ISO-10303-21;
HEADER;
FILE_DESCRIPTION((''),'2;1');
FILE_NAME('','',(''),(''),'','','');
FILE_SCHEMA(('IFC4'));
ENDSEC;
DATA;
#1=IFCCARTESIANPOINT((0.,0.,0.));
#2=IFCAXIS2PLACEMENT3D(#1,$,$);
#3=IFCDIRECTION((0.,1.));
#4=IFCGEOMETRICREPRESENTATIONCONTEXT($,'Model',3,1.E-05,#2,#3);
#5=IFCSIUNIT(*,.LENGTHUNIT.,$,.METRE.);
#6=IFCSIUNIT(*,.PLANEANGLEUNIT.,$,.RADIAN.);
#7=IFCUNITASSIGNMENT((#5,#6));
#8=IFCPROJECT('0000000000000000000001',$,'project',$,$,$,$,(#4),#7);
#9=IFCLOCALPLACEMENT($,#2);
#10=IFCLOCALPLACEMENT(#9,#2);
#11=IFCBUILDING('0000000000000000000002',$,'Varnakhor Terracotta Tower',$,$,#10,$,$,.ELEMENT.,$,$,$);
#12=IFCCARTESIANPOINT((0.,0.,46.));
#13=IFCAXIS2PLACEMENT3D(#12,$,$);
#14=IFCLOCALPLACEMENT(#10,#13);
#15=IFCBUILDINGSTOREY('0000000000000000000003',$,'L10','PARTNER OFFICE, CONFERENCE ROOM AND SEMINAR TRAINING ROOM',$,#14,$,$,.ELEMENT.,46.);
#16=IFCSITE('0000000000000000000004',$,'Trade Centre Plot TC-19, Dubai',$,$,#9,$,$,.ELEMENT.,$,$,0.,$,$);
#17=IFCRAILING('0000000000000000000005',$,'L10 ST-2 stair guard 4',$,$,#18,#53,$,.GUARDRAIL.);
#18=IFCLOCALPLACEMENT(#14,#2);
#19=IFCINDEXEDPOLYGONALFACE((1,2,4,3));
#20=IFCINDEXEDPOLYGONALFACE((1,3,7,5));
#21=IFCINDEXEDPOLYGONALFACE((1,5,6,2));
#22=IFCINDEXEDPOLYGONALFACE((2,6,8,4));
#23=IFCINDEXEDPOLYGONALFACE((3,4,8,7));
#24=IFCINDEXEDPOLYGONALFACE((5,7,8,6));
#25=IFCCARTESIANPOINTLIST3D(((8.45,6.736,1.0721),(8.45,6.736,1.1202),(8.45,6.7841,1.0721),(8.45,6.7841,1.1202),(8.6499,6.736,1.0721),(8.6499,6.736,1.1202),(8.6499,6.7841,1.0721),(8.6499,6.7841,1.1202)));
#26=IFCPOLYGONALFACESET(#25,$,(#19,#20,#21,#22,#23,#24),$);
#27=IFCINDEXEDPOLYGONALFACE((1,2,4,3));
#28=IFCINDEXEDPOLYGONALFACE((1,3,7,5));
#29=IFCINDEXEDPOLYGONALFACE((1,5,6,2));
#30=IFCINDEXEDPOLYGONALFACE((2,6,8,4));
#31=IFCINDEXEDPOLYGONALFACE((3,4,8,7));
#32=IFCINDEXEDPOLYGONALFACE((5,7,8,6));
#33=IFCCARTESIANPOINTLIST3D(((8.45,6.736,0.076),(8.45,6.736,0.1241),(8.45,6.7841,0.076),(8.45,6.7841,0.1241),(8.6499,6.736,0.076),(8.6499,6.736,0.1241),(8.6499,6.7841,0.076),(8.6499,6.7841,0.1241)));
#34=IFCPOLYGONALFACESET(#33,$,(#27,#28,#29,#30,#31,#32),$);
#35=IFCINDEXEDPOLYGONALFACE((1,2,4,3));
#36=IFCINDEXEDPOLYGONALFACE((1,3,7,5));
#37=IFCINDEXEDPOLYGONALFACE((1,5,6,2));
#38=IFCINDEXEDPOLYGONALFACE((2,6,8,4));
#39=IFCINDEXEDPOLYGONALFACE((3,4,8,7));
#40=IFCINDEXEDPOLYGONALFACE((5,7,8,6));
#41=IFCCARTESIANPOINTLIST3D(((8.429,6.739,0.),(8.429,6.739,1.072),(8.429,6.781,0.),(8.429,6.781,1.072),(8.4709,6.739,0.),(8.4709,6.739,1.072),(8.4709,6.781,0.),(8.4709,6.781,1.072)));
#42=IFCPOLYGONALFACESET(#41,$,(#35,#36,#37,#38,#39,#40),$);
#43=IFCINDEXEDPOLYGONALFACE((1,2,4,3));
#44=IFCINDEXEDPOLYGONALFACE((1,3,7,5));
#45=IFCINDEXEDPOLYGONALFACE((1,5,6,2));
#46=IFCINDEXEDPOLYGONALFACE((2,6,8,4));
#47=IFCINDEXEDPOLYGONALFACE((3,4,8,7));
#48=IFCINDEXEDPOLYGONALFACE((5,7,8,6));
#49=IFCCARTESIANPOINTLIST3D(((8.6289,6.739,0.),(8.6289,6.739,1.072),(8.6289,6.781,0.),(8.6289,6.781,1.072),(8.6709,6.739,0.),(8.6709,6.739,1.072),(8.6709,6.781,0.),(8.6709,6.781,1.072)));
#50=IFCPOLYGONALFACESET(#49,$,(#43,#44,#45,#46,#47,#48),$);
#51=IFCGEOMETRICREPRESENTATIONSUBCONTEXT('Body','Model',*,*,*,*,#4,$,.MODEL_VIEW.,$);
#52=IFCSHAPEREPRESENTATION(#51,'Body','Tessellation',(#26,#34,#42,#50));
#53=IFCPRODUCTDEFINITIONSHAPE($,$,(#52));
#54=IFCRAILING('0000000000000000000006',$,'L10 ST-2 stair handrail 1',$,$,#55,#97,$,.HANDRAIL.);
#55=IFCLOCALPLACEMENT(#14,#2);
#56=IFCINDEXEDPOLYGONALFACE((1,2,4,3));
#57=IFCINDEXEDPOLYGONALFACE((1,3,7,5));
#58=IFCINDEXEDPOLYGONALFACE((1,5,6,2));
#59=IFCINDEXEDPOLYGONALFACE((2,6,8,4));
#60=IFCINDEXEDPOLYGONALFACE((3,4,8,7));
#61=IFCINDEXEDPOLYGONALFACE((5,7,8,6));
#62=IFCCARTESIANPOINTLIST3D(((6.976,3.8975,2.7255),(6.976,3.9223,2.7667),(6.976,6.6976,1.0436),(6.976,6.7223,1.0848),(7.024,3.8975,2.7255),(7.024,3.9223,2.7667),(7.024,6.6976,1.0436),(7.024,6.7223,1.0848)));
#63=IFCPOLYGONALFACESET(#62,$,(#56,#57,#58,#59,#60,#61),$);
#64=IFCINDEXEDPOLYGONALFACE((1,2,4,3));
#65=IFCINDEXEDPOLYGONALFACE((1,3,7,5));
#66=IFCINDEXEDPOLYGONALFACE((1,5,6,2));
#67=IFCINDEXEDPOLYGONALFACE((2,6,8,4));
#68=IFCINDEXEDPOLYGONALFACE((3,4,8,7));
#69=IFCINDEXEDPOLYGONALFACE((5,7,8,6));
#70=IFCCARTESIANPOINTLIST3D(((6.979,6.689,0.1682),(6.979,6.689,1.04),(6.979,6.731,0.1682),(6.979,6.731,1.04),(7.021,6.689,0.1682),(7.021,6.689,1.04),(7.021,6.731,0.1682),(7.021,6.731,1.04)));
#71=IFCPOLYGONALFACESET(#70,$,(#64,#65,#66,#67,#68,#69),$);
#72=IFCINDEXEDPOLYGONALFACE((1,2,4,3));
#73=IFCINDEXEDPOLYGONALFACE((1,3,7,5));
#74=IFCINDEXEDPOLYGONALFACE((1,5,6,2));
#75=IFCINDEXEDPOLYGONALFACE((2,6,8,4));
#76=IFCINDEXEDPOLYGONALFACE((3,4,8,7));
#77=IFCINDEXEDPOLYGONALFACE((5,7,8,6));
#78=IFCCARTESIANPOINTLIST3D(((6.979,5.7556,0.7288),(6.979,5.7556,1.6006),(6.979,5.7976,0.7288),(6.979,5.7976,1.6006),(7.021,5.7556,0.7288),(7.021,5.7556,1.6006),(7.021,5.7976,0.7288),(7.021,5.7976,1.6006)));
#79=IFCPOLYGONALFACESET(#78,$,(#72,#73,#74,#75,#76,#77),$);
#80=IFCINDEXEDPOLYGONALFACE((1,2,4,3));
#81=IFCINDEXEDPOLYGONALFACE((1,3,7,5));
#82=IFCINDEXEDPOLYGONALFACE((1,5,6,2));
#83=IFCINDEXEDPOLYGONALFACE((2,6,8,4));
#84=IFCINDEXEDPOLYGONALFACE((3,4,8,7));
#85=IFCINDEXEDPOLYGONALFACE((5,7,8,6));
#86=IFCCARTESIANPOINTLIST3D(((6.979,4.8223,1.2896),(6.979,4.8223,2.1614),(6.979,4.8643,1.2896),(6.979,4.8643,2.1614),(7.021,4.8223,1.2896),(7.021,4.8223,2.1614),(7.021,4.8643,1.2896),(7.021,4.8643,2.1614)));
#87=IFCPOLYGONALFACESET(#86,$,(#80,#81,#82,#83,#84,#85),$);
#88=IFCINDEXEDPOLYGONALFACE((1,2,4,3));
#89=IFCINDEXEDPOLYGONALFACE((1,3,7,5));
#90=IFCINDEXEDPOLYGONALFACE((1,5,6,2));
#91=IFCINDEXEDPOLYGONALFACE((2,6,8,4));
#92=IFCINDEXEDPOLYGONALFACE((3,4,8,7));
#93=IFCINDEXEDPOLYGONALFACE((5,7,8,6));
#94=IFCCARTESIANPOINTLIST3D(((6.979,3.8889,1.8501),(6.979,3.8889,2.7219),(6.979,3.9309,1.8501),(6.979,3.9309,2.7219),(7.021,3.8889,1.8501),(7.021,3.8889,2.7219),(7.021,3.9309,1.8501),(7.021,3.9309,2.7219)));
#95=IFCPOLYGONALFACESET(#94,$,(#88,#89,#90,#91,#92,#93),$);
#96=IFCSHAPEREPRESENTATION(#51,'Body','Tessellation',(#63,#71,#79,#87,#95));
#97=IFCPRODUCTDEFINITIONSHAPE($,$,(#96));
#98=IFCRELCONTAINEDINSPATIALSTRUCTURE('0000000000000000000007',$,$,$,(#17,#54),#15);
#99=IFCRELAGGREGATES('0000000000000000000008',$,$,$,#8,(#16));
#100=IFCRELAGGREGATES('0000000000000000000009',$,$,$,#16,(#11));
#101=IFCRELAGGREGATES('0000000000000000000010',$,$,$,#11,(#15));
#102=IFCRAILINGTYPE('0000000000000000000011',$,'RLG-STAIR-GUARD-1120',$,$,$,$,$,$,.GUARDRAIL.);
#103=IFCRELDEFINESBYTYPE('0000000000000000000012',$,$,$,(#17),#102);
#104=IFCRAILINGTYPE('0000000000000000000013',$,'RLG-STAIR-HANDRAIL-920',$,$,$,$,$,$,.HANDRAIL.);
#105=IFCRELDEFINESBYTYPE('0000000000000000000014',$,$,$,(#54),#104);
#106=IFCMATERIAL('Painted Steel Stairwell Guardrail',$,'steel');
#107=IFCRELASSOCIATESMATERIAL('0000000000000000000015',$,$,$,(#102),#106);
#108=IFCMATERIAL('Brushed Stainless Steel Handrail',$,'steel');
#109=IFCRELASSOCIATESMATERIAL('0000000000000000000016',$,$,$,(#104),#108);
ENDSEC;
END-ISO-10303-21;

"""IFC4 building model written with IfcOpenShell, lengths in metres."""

from ifc_helpers import new_model, si_unit, direction, frame, origin, origin_2d, place, context, subcontext, project, spatial, rectangle, extrude, material, type_object, element, save


model = new_model("IFC4")

# Units and contexts
model_context = context("Model", 3, precision=1e-05, world=origin(), true_north=direction((0.0, 1.0)))
body_context = subcontext(model_context, "Body", "Model", "MODEL_VIEW")
ifc_project = project(units=[si_unit("LENGTHUNIT", "METRE"), si_unit("PLANEANGLEUNIT", "RADIAN")], contexts=[model_context])

# Site, building, storey
site_placement = place(None, origin())
site = spatial("IfcSite", under=ifc_project, at=site_placement, Name="Trade Centre Plot TC-19, Dubai", CompositionType="ELEMENT", RefElevation=0.0)
building_placement = place(site_placement, origin())
building = spatial("IfcBuilding", under=site, at=building_placement, Name="Varnakhor Terracotta Tower", CompositionType="ELEMENT")
storey_placement = place(building_placement, frame((0.0, 0.0, 46.0)))
storey = spatial("IfcBuildingStorey", under=building, at=storey_placement, Name="L10", Description="PARTNER OFFICE, CONFERENCE ROOM AND SEMINAR TRAINING ROOM", CompositionType="ELEMENT", Elevation=46.0)

# Railings
ifc_material_1 = material(Name="Painted Steel Stairwell Guardrail", Category="steel")
railing_type_1 = type_object("IfcRailingType", Name="RLG-STAIR-GUARD-1120", PredefinedType="GUARDRAIL", material=ifc_material_1)
railing_1_placement = place(storey_placement, frame((8.45, 6.76, 0.0)))
element("IfcRailing", 1, at=railing_1_placement, inside=storey, type_object=railing_type_1, Name="L10 ST-2 stair guard 4", PredefinedType="GUARDRAIL", context=body_context, shape_type="SweptSolid", body=[
    extrude(rectangle(XDim=0.0481, YDim=0.0481, at=origin_2d()), frame((0.0, 0.0, 1.0962), z_axis=(1.0, 0.0, 0.0), x_axis=(0.0, 1.0, 0.0)), (0.0, 0.0, 1.0), 0.2),
    extrude(rectangle(XDim=0.0481, YDim=0.0481, at=origin_2d()), frame((0.0, 0.0, 0.1001), z_axis=(1.0, 0.0, 0.0), x_axis=(0.0, 1.0, 0.0)), (0.0, 0.0, 1.0), 0.2),
    extrude(rectangle(XDim=0.042, YDim=0.042, at=origin_2d()), origin(), (0.0, 0.0, 1.0), 1.072),
    extrude(rectangle(XDim=0.042, YDim=0.042, at=origin_2d()), frame((0.2, 0.0, 0.0)), (0.0, 0.0, 1.0), 1.072),
])
ifc_material_2 = material(Name="Brushed Stainless Steel Handrail", Category="steel")
railing_type_2 = type_object("IfcRailingType", Name="RLG-STAIR-HANDRAIL-920", PredefinedType="HANDRAIL", material=ifc_material_2)
railing_2_placement = place(storey_placement, frame((7.0, 6.71, 0.1682)))
element("IfcRailing", 2, at=railing_2_placement, inside=storey, type_object=railing_type_2, Name="L10 ST-2 stair handrail 1", PredefinedType="HANDRAIL", context=body_context, shape_type="SweptSolid", body=[
    extrude(rectangle(XDim=0.0481, YDim=0.0481, at=origin_2d()), frame((0.0, 0.0, 0.896), z_axis=(0.0, -0.857242, 0.514913), x_axis=(1.0, 0.0, 0.0)), (0.0, 0.0, 1.0), 3.2664),
    extrude(rectangle(XDim=0.042, YDim=0.042, at=origin_2d()), origin(), (0.0, 0.0, 1.0), 0.8718),
    extrude(rectangle(XDim=0.042, YDim=0.042, at=origin_2d()), frame((0.0, -0.9333, 0.5605)), (0.0, 0.0, 1.0), 0.8718),
    extrude(rectangle(XDim=0.042, YDim=0.042, at=origin_2d()), frame((0.0, -1.8667, 1.1213)), (0.0, 0.0, 1.0), 0.8718),
    extrude(rectangle(XDim=0.042, YDim=0.042, at=origin_2d()), frame((0.0, -2.8, 1.6819)), (0.0, 0.0, 1.0), 0.8718),
])

save(model, "model.ifc")
